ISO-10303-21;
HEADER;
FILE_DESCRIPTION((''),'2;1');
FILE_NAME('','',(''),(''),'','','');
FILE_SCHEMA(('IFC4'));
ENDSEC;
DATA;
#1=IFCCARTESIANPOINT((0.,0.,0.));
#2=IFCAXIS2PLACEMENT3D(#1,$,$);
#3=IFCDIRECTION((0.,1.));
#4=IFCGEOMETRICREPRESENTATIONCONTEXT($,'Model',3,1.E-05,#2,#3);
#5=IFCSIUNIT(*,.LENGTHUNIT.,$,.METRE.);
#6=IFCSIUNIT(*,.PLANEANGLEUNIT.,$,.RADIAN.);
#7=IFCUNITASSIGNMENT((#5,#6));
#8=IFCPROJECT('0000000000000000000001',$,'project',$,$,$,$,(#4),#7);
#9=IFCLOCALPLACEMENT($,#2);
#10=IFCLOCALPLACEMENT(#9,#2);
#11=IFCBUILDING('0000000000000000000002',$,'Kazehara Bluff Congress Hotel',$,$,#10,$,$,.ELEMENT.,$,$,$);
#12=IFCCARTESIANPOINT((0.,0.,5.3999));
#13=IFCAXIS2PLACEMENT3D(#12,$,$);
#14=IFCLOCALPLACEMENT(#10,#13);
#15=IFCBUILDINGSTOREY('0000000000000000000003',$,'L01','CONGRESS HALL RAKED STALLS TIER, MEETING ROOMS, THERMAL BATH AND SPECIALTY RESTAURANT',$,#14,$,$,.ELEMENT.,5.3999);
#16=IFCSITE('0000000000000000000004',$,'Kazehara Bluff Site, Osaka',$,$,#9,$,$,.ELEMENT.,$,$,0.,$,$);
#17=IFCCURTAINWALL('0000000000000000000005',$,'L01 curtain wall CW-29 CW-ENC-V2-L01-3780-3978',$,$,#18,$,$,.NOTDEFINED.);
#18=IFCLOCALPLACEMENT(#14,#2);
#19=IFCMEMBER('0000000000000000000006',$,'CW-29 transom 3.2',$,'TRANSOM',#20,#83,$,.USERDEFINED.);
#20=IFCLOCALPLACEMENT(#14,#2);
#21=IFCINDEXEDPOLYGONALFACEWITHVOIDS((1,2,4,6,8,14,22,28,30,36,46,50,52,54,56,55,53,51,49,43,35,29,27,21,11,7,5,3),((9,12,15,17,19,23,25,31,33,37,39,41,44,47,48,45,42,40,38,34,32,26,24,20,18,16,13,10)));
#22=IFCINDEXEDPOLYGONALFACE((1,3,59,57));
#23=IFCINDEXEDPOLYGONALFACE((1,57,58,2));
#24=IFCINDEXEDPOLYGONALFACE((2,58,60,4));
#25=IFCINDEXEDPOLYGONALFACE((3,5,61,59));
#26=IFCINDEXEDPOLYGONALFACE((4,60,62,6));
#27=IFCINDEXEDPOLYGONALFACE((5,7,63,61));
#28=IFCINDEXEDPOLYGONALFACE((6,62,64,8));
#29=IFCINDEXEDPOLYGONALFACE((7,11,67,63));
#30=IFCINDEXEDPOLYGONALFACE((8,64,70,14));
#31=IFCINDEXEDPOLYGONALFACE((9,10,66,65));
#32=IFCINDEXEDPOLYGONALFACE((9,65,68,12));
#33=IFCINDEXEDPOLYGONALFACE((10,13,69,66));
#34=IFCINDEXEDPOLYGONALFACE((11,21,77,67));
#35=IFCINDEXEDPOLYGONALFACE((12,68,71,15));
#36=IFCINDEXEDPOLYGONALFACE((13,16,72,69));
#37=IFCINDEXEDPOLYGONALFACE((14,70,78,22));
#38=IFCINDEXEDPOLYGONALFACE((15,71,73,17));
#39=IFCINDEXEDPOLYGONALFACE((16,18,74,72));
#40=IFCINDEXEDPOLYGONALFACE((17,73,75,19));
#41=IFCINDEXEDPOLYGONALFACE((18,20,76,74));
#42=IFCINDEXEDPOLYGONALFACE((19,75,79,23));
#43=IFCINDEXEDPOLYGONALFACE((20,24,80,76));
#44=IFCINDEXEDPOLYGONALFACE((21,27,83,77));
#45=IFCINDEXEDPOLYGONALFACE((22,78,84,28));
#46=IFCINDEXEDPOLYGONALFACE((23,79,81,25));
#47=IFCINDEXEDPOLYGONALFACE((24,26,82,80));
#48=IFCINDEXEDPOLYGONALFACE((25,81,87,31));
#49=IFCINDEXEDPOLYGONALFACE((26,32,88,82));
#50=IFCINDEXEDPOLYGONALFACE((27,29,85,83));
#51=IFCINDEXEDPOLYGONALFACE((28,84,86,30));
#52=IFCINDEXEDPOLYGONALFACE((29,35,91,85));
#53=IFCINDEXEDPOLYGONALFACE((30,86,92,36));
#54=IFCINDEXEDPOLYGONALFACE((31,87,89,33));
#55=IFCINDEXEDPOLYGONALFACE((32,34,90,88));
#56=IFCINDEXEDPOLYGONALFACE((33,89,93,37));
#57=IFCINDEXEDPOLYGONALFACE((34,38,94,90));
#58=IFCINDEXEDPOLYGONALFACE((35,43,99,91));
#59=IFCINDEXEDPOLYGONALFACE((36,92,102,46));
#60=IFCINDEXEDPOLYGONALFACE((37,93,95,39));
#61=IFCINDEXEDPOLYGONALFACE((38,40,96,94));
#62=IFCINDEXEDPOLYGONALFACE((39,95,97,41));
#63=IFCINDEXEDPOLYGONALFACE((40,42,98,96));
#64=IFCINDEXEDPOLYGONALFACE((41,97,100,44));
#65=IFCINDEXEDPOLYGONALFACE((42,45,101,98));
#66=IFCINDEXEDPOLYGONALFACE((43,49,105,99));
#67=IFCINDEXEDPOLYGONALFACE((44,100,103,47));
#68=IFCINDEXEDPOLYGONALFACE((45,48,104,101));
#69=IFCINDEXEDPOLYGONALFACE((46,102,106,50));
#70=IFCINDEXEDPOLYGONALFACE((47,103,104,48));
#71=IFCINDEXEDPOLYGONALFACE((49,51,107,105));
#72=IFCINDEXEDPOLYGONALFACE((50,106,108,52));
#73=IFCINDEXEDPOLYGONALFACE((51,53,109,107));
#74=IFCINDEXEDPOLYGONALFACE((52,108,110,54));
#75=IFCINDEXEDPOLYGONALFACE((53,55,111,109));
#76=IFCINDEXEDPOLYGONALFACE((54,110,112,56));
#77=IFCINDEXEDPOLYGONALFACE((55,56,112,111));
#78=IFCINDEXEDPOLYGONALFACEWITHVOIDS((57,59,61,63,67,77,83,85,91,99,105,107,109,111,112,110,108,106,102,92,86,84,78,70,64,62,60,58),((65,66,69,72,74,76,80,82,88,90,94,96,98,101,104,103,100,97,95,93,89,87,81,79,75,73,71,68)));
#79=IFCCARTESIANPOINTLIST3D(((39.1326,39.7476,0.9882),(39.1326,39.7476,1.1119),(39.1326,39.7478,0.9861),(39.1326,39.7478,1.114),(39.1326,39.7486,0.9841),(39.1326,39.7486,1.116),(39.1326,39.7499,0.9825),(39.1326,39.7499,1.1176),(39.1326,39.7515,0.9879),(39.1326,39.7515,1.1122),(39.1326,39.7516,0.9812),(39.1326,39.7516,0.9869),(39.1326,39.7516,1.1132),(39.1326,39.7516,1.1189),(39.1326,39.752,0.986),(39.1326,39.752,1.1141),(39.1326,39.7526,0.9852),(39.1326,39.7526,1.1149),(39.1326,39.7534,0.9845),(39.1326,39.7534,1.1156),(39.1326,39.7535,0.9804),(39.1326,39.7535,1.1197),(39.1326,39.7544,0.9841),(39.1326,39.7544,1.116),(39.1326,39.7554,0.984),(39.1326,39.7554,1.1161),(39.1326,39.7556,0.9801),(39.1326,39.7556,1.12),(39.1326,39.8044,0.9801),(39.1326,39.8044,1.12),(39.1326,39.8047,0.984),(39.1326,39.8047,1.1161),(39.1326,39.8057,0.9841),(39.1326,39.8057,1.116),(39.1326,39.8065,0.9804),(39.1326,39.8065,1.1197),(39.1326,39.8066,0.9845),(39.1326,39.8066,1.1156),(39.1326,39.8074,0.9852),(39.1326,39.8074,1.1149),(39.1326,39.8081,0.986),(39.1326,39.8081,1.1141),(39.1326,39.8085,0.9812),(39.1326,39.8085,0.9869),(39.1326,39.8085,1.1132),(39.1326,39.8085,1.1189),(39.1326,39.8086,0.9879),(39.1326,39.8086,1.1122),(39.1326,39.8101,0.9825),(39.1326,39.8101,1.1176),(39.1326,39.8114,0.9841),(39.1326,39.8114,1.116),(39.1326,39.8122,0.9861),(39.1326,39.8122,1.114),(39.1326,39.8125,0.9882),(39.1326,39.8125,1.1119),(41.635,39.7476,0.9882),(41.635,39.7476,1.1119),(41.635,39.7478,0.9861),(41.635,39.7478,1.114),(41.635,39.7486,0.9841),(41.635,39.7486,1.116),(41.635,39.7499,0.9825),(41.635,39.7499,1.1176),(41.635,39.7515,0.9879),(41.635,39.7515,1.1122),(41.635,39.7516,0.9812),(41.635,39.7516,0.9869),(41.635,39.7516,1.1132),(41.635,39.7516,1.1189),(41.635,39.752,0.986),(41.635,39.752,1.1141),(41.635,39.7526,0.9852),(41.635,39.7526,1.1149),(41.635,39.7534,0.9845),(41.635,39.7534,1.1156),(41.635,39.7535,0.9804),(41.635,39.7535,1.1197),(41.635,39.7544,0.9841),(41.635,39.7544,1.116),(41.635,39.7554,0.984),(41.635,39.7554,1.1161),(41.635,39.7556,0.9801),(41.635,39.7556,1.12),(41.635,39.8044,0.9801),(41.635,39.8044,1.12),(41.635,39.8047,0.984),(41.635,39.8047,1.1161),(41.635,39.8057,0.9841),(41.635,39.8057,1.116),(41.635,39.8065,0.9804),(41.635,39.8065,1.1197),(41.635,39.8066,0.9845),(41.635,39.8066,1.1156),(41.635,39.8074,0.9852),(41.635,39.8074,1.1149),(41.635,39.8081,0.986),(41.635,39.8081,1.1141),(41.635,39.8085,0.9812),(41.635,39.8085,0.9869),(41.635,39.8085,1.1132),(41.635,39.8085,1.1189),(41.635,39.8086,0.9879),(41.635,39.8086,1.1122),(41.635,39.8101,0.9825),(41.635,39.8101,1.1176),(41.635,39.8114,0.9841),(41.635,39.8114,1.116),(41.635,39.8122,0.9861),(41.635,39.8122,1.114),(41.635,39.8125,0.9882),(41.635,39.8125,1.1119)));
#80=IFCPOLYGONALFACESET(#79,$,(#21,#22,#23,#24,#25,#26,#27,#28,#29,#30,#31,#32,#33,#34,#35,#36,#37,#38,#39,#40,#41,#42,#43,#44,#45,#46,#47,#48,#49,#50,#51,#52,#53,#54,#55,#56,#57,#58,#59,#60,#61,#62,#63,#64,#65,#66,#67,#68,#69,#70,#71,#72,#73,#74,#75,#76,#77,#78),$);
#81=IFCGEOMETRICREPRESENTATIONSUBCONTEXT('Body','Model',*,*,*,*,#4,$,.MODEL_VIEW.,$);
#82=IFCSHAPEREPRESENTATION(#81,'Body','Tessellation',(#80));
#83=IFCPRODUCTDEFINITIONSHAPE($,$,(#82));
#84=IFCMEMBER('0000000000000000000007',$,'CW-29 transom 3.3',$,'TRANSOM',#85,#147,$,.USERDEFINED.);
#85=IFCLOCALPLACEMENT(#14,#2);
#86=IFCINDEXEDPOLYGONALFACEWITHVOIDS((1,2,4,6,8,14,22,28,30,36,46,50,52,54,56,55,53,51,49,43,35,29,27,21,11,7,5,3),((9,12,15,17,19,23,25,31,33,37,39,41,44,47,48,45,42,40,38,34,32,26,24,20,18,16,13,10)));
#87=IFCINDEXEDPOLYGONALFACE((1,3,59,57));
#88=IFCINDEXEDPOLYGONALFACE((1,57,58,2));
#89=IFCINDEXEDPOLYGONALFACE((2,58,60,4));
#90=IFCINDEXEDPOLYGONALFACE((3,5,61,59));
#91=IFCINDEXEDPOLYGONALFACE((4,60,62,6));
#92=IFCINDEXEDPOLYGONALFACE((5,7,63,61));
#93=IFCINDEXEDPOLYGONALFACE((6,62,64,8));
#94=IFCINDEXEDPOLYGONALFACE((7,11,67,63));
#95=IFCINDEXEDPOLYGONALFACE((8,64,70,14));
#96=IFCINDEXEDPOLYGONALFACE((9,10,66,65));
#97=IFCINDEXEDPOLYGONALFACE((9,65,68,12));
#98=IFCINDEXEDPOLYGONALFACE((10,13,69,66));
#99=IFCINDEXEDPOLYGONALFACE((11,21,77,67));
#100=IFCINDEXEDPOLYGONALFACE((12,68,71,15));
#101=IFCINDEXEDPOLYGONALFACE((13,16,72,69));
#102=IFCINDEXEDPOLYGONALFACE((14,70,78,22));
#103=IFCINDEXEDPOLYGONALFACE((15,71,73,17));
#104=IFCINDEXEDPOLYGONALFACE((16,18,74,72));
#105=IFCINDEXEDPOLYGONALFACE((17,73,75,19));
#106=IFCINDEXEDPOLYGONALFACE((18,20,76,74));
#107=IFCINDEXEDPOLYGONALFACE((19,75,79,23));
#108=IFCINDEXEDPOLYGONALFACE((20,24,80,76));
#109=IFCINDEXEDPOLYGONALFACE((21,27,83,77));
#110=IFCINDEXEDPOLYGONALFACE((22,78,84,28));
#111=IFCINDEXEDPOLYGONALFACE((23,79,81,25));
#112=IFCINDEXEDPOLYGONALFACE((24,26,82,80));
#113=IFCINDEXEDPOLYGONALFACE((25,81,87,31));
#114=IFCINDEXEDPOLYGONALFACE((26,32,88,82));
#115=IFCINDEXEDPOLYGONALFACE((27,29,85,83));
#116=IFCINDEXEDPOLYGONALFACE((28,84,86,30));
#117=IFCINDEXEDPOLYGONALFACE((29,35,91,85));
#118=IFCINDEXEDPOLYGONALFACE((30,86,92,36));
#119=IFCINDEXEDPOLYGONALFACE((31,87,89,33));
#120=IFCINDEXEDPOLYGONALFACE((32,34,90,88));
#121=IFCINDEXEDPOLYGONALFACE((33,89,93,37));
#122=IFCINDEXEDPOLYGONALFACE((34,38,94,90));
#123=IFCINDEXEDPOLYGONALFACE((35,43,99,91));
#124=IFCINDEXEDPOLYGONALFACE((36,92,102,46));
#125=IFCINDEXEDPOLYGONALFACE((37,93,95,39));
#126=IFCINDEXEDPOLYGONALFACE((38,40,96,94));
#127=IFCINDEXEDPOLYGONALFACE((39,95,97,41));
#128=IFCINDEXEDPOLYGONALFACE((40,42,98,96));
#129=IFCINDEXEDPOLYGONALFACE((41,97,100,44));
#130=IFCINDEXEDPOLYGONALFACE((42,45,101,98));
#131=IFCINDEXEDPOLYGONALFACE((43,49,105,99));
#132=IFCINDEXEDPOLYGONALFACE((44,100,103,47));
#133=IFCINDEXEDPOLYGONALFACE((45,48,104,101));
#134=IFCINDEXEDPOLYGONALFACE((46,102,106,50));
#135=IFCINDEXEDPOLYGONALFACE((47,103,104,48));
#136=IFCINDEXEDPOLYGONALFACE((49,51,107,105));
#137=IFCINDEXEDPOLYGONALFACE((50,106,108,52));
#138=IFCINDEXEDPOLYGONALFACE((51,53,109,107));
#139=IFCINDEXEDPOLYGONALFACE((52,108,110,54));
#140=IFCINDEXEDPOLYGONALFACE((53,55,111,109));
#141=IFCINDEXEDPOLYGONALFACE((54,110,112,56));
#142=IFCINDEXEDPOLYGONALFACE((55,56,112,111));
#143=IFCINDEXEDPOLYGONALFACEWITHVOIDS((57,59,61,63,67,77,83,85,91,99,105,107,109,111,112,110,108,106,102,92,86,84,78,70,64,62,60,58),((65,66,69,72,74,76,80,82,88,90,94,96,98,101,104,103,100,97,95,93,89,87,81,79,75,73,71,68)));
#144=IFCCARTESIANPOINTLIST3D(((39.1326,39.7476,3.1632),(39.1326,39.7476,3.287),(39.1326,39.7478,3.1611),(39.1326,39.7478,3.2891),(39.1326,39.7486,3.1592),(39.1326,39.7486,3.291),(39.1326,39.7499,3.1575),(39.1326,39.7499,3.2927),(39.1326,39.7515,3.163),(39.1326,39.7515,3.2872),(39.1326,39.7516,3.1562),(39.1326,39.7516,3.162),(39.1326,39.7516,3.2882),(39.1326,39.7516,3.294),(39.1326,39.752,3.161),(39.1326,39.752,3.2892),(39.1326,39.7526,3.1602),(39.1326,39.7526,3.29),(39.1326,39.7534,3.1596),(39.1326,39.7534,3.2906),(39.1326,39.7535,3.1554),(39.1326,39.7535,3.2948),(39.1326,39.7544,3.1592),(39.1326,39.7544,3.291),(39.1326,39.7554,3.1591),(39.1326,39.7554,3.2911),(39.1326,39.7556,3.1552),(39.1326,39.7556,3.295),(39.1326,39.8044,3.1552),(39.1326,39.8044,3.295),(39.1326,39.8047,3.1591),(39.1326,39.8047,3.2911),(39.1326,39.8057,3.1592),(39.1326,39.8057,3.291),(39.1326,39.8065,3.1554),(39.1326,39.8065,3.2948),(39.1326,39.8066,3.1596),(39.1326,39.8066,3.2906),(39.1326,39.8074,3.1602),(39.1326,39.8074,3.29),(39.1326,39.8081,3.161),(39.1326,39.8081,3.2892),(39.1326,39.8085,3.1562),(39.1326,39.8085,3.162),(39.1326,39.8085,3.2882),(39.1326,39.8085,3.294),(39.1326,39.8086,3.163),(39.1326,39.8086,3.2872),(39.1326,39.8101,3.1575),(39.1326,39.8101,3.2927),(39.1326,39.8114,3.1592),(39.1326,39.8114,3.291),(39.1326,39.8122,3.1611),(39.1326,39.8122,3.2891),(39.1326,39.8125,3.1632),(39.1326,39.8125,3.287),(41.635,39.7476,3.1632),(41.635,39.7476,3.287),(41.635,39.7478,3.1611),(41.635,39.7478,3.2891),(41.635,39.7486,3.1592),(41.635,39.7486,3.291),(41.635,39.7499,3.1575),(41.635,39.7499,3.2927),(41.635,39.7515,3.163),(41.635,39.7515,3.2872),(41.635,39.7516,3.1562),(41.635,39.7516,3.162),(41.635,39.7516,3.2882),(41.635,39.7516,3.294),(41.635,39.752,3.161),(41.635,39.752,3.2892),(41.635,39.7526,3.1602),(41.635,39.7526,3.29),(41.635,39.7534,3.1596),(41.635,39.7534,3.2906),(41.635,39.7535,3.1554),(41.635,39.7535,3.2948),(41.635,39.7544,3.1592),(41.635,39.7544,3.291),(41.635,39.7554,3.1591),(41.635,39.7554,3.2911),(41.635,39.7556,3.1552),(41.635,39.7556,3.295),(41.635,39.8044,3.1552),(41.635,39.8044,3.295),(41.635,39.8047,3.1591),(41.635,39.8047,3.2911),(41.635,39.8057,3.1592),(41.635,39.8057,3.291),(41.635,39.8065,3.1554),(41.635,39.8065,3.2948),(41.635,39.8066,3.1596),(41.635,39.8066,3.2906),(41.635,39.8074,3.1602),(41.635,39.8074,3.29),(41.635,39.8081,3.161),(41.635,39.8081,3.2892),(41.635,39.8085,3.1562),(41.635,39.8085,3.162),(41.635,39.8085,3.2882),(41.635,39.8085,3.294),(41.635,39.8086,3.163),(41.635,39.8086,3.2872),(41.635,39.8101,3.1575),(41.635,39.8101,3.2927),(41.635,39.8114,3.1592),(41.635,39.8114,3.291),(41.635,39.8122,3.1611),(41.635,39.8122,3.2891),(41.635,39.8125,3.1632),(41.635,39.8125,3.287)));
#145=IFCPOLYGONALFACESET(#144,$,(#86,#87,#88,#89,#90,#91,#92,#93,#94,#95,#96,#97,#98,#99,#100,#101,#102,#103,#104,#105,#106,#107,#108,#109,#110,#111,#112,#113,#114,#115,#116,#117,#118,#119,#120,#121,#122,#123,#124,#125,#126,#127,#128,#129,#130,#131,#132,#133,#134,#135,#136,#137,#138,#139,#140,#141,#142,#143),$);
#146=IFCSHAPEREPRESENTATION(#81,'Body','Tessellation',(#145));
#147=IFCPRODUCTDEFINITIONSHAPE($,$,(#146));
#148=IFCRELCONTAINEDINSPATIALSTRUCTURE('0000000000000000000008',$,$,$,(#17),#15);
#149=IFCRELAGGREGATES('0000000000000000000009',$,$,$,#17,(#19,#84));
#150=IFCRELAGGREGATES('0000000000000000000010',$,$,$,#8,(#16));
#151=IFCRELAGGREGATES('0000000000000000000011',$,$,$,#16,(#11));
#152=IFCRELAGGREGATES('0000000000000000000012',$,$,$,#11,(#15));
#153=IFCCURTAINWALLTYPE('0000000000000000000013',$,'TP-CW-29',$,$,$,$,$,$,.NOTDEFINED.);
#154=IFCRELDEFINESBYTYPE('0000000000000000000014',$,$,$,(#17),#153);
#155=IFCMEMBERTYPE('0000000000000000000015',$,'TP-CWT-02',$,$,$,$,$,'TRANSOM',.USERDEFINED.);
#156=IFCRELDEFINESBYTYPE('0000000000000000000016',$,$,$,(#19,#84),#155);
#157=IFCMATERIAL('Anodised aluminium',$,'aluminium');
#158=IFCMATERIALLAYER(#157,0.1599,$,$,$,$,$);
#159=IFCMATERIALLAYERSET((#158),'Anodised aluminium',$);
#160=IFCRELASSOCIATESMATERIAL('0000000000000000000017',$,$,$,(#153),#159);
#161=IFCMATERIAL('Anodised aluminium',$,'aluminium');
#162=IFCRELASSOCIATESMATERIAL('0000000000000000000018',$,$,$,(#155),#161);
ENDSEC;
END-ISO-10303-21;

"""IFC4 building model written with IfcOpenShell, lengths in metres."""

from ifc_helpers import new_model, si_unit, direction, frame, origin, origin_2d, place, context, subcontext, project, spatial, hollow_rectangle, extrude, material, layer, layer_set, material_profile, profile_set, type_object, element, aggregate, save


model = new_model("IFC4")

# Units and contexts
model_context = context("Model", 3, precision=1e-05, world=origin(), true_north=direction((0.0, 1.0)))
body_context = subcontext(model_context, "Body", "Model", "MODEL_VIEW")
ifc_project = project(units=[si_unit("LENGTHUNIT", "METRE"), si_unit("PLANEANGLEUNIT", "RADIAN")], contexts=[model_context])

# Site, building, storey
site_placement = place(None, origin())
site = spatial("IfcSite", under=ifc_project, at=site_placement, Name="Kazehara Bluff Site, Osaka", CompositionType="ELEMENT", RefElevation=0.0)
building_placement = place(site_placement, origin())
building = spatial("IfcBuilding", under=site, at=building_placement, Name="Kazehara Bluff Congress Hotel", CompositionType="ELEMENT")
storey_placement = place(building_placement, frame((0.0, 0.0, 5.3999)))
storey = spatial("IfcBuildingStorey", under=building, at=storey_placement, Name="L01", Description="CONGRESS HALL RAKED STALLS TIER, MEETING ROOMS, THERMAL BATH AND SPECIALTY RESTAURANT", CompositionType="ELEMENT", Elevation=5.3999)

# Curtain wall
ifc_material_1 = material(Name="Anodised aluminium", Category="aluminium")
ifc_layer_1 = layer(ifc_material_1, 0.1599)
ifc_layer_set_1 = layer_set([ifc_layer_1], Name="Anodised aluminium")
curtain_wall_type = type_object("IfcCurtainWallType", Name="TP-CW-29", PredefinedType="NOTDEFINED", material=ifc_layer_set_1)
curtain_wall_1_placement = place(storey_placement, origin())
curtain_wall_1 = element("IfcCurtainWall", 1, at=curtain_wall_1_placement, inside=storey, type_object=curtain_wall_type, Name="L01 curtain wall CW-29 CW-ENC-V2-L01-3780-3978", PredefinedType="NOTDEFINED")

# Members
ifc_material_2 = material(Name="Anodised aluminium", Category="aluminium")
ifc_material_profile_1 = material_profile(ifc_material_2, hollow_rectangle(XDim=0.0649, YDim=0.1399, WallThickness=0.0039, InnerFilletRadius=0.0039, OuterFilletRadius=0.0081, at=origin_2d()))
ifc_profile_set_1 = profile_set([ifc_material_profile_1], Name="Anodised aluminium")
member_type_1 = type_object("IfcMemberType", Name="TP-CWT-02", ElementType="TRANSOM", PredefinedType="USERDEFINED", material=ifc_profile_set_1)
member_1_placement = place(storey_placement, frame((39.1326, 39.78, 1.05), z_axis=(1.0, 0.0, 0.0), x_axis=(0.0, 1.0, 0.0)))
member_1 = element("IfcMember", 2, at=member_1_placement, type_object=member_type_1, Name="CW-29 transom 3.2", ObjectType="TRANSOM", PredefinedType="USERDEFINED", context=body_context, shape_type="SweptSolid", body=[
    extrude(hollow_rectangle(XDim=0.0649, YDim=0.1399, WallThickness=0.0039, InnerFilletRadius=0.0039, OuterFilletRadius=0.0081, at=origin_2d()), origin(), (0.0, 0.0, 1.0), 2.5024),
])
member_2_placement = place(storey_placement, frame((39.1326, 39.78, 3.2251), z_axis=(1.0, 0.0, 0.0), x_axis=(0.0, 1.0, 0.0)))
member_2 = element("IfcMember", 3, at=member_2_placement, type_object=member_type_1, Name="CW-29 transom 3.3", ObjectType="TRANSOM", PredefinedType="USERDEFINED", context=body_context, shape_type="SweptSolid", body=[
    extrude(hollow_rectangle(XDim=0.0649, YDim=0.1399, WallThickness=0.0039, InnerFilletRadius=0.0039, OuterFilletRadius=0.0081, at=origin_2d()), origin(), (0.0, 0.0, 1.0), 2.5024),
])

aggregate(curtain_wall_1, [member_1, member_2])

save(model, "model.ifc")
